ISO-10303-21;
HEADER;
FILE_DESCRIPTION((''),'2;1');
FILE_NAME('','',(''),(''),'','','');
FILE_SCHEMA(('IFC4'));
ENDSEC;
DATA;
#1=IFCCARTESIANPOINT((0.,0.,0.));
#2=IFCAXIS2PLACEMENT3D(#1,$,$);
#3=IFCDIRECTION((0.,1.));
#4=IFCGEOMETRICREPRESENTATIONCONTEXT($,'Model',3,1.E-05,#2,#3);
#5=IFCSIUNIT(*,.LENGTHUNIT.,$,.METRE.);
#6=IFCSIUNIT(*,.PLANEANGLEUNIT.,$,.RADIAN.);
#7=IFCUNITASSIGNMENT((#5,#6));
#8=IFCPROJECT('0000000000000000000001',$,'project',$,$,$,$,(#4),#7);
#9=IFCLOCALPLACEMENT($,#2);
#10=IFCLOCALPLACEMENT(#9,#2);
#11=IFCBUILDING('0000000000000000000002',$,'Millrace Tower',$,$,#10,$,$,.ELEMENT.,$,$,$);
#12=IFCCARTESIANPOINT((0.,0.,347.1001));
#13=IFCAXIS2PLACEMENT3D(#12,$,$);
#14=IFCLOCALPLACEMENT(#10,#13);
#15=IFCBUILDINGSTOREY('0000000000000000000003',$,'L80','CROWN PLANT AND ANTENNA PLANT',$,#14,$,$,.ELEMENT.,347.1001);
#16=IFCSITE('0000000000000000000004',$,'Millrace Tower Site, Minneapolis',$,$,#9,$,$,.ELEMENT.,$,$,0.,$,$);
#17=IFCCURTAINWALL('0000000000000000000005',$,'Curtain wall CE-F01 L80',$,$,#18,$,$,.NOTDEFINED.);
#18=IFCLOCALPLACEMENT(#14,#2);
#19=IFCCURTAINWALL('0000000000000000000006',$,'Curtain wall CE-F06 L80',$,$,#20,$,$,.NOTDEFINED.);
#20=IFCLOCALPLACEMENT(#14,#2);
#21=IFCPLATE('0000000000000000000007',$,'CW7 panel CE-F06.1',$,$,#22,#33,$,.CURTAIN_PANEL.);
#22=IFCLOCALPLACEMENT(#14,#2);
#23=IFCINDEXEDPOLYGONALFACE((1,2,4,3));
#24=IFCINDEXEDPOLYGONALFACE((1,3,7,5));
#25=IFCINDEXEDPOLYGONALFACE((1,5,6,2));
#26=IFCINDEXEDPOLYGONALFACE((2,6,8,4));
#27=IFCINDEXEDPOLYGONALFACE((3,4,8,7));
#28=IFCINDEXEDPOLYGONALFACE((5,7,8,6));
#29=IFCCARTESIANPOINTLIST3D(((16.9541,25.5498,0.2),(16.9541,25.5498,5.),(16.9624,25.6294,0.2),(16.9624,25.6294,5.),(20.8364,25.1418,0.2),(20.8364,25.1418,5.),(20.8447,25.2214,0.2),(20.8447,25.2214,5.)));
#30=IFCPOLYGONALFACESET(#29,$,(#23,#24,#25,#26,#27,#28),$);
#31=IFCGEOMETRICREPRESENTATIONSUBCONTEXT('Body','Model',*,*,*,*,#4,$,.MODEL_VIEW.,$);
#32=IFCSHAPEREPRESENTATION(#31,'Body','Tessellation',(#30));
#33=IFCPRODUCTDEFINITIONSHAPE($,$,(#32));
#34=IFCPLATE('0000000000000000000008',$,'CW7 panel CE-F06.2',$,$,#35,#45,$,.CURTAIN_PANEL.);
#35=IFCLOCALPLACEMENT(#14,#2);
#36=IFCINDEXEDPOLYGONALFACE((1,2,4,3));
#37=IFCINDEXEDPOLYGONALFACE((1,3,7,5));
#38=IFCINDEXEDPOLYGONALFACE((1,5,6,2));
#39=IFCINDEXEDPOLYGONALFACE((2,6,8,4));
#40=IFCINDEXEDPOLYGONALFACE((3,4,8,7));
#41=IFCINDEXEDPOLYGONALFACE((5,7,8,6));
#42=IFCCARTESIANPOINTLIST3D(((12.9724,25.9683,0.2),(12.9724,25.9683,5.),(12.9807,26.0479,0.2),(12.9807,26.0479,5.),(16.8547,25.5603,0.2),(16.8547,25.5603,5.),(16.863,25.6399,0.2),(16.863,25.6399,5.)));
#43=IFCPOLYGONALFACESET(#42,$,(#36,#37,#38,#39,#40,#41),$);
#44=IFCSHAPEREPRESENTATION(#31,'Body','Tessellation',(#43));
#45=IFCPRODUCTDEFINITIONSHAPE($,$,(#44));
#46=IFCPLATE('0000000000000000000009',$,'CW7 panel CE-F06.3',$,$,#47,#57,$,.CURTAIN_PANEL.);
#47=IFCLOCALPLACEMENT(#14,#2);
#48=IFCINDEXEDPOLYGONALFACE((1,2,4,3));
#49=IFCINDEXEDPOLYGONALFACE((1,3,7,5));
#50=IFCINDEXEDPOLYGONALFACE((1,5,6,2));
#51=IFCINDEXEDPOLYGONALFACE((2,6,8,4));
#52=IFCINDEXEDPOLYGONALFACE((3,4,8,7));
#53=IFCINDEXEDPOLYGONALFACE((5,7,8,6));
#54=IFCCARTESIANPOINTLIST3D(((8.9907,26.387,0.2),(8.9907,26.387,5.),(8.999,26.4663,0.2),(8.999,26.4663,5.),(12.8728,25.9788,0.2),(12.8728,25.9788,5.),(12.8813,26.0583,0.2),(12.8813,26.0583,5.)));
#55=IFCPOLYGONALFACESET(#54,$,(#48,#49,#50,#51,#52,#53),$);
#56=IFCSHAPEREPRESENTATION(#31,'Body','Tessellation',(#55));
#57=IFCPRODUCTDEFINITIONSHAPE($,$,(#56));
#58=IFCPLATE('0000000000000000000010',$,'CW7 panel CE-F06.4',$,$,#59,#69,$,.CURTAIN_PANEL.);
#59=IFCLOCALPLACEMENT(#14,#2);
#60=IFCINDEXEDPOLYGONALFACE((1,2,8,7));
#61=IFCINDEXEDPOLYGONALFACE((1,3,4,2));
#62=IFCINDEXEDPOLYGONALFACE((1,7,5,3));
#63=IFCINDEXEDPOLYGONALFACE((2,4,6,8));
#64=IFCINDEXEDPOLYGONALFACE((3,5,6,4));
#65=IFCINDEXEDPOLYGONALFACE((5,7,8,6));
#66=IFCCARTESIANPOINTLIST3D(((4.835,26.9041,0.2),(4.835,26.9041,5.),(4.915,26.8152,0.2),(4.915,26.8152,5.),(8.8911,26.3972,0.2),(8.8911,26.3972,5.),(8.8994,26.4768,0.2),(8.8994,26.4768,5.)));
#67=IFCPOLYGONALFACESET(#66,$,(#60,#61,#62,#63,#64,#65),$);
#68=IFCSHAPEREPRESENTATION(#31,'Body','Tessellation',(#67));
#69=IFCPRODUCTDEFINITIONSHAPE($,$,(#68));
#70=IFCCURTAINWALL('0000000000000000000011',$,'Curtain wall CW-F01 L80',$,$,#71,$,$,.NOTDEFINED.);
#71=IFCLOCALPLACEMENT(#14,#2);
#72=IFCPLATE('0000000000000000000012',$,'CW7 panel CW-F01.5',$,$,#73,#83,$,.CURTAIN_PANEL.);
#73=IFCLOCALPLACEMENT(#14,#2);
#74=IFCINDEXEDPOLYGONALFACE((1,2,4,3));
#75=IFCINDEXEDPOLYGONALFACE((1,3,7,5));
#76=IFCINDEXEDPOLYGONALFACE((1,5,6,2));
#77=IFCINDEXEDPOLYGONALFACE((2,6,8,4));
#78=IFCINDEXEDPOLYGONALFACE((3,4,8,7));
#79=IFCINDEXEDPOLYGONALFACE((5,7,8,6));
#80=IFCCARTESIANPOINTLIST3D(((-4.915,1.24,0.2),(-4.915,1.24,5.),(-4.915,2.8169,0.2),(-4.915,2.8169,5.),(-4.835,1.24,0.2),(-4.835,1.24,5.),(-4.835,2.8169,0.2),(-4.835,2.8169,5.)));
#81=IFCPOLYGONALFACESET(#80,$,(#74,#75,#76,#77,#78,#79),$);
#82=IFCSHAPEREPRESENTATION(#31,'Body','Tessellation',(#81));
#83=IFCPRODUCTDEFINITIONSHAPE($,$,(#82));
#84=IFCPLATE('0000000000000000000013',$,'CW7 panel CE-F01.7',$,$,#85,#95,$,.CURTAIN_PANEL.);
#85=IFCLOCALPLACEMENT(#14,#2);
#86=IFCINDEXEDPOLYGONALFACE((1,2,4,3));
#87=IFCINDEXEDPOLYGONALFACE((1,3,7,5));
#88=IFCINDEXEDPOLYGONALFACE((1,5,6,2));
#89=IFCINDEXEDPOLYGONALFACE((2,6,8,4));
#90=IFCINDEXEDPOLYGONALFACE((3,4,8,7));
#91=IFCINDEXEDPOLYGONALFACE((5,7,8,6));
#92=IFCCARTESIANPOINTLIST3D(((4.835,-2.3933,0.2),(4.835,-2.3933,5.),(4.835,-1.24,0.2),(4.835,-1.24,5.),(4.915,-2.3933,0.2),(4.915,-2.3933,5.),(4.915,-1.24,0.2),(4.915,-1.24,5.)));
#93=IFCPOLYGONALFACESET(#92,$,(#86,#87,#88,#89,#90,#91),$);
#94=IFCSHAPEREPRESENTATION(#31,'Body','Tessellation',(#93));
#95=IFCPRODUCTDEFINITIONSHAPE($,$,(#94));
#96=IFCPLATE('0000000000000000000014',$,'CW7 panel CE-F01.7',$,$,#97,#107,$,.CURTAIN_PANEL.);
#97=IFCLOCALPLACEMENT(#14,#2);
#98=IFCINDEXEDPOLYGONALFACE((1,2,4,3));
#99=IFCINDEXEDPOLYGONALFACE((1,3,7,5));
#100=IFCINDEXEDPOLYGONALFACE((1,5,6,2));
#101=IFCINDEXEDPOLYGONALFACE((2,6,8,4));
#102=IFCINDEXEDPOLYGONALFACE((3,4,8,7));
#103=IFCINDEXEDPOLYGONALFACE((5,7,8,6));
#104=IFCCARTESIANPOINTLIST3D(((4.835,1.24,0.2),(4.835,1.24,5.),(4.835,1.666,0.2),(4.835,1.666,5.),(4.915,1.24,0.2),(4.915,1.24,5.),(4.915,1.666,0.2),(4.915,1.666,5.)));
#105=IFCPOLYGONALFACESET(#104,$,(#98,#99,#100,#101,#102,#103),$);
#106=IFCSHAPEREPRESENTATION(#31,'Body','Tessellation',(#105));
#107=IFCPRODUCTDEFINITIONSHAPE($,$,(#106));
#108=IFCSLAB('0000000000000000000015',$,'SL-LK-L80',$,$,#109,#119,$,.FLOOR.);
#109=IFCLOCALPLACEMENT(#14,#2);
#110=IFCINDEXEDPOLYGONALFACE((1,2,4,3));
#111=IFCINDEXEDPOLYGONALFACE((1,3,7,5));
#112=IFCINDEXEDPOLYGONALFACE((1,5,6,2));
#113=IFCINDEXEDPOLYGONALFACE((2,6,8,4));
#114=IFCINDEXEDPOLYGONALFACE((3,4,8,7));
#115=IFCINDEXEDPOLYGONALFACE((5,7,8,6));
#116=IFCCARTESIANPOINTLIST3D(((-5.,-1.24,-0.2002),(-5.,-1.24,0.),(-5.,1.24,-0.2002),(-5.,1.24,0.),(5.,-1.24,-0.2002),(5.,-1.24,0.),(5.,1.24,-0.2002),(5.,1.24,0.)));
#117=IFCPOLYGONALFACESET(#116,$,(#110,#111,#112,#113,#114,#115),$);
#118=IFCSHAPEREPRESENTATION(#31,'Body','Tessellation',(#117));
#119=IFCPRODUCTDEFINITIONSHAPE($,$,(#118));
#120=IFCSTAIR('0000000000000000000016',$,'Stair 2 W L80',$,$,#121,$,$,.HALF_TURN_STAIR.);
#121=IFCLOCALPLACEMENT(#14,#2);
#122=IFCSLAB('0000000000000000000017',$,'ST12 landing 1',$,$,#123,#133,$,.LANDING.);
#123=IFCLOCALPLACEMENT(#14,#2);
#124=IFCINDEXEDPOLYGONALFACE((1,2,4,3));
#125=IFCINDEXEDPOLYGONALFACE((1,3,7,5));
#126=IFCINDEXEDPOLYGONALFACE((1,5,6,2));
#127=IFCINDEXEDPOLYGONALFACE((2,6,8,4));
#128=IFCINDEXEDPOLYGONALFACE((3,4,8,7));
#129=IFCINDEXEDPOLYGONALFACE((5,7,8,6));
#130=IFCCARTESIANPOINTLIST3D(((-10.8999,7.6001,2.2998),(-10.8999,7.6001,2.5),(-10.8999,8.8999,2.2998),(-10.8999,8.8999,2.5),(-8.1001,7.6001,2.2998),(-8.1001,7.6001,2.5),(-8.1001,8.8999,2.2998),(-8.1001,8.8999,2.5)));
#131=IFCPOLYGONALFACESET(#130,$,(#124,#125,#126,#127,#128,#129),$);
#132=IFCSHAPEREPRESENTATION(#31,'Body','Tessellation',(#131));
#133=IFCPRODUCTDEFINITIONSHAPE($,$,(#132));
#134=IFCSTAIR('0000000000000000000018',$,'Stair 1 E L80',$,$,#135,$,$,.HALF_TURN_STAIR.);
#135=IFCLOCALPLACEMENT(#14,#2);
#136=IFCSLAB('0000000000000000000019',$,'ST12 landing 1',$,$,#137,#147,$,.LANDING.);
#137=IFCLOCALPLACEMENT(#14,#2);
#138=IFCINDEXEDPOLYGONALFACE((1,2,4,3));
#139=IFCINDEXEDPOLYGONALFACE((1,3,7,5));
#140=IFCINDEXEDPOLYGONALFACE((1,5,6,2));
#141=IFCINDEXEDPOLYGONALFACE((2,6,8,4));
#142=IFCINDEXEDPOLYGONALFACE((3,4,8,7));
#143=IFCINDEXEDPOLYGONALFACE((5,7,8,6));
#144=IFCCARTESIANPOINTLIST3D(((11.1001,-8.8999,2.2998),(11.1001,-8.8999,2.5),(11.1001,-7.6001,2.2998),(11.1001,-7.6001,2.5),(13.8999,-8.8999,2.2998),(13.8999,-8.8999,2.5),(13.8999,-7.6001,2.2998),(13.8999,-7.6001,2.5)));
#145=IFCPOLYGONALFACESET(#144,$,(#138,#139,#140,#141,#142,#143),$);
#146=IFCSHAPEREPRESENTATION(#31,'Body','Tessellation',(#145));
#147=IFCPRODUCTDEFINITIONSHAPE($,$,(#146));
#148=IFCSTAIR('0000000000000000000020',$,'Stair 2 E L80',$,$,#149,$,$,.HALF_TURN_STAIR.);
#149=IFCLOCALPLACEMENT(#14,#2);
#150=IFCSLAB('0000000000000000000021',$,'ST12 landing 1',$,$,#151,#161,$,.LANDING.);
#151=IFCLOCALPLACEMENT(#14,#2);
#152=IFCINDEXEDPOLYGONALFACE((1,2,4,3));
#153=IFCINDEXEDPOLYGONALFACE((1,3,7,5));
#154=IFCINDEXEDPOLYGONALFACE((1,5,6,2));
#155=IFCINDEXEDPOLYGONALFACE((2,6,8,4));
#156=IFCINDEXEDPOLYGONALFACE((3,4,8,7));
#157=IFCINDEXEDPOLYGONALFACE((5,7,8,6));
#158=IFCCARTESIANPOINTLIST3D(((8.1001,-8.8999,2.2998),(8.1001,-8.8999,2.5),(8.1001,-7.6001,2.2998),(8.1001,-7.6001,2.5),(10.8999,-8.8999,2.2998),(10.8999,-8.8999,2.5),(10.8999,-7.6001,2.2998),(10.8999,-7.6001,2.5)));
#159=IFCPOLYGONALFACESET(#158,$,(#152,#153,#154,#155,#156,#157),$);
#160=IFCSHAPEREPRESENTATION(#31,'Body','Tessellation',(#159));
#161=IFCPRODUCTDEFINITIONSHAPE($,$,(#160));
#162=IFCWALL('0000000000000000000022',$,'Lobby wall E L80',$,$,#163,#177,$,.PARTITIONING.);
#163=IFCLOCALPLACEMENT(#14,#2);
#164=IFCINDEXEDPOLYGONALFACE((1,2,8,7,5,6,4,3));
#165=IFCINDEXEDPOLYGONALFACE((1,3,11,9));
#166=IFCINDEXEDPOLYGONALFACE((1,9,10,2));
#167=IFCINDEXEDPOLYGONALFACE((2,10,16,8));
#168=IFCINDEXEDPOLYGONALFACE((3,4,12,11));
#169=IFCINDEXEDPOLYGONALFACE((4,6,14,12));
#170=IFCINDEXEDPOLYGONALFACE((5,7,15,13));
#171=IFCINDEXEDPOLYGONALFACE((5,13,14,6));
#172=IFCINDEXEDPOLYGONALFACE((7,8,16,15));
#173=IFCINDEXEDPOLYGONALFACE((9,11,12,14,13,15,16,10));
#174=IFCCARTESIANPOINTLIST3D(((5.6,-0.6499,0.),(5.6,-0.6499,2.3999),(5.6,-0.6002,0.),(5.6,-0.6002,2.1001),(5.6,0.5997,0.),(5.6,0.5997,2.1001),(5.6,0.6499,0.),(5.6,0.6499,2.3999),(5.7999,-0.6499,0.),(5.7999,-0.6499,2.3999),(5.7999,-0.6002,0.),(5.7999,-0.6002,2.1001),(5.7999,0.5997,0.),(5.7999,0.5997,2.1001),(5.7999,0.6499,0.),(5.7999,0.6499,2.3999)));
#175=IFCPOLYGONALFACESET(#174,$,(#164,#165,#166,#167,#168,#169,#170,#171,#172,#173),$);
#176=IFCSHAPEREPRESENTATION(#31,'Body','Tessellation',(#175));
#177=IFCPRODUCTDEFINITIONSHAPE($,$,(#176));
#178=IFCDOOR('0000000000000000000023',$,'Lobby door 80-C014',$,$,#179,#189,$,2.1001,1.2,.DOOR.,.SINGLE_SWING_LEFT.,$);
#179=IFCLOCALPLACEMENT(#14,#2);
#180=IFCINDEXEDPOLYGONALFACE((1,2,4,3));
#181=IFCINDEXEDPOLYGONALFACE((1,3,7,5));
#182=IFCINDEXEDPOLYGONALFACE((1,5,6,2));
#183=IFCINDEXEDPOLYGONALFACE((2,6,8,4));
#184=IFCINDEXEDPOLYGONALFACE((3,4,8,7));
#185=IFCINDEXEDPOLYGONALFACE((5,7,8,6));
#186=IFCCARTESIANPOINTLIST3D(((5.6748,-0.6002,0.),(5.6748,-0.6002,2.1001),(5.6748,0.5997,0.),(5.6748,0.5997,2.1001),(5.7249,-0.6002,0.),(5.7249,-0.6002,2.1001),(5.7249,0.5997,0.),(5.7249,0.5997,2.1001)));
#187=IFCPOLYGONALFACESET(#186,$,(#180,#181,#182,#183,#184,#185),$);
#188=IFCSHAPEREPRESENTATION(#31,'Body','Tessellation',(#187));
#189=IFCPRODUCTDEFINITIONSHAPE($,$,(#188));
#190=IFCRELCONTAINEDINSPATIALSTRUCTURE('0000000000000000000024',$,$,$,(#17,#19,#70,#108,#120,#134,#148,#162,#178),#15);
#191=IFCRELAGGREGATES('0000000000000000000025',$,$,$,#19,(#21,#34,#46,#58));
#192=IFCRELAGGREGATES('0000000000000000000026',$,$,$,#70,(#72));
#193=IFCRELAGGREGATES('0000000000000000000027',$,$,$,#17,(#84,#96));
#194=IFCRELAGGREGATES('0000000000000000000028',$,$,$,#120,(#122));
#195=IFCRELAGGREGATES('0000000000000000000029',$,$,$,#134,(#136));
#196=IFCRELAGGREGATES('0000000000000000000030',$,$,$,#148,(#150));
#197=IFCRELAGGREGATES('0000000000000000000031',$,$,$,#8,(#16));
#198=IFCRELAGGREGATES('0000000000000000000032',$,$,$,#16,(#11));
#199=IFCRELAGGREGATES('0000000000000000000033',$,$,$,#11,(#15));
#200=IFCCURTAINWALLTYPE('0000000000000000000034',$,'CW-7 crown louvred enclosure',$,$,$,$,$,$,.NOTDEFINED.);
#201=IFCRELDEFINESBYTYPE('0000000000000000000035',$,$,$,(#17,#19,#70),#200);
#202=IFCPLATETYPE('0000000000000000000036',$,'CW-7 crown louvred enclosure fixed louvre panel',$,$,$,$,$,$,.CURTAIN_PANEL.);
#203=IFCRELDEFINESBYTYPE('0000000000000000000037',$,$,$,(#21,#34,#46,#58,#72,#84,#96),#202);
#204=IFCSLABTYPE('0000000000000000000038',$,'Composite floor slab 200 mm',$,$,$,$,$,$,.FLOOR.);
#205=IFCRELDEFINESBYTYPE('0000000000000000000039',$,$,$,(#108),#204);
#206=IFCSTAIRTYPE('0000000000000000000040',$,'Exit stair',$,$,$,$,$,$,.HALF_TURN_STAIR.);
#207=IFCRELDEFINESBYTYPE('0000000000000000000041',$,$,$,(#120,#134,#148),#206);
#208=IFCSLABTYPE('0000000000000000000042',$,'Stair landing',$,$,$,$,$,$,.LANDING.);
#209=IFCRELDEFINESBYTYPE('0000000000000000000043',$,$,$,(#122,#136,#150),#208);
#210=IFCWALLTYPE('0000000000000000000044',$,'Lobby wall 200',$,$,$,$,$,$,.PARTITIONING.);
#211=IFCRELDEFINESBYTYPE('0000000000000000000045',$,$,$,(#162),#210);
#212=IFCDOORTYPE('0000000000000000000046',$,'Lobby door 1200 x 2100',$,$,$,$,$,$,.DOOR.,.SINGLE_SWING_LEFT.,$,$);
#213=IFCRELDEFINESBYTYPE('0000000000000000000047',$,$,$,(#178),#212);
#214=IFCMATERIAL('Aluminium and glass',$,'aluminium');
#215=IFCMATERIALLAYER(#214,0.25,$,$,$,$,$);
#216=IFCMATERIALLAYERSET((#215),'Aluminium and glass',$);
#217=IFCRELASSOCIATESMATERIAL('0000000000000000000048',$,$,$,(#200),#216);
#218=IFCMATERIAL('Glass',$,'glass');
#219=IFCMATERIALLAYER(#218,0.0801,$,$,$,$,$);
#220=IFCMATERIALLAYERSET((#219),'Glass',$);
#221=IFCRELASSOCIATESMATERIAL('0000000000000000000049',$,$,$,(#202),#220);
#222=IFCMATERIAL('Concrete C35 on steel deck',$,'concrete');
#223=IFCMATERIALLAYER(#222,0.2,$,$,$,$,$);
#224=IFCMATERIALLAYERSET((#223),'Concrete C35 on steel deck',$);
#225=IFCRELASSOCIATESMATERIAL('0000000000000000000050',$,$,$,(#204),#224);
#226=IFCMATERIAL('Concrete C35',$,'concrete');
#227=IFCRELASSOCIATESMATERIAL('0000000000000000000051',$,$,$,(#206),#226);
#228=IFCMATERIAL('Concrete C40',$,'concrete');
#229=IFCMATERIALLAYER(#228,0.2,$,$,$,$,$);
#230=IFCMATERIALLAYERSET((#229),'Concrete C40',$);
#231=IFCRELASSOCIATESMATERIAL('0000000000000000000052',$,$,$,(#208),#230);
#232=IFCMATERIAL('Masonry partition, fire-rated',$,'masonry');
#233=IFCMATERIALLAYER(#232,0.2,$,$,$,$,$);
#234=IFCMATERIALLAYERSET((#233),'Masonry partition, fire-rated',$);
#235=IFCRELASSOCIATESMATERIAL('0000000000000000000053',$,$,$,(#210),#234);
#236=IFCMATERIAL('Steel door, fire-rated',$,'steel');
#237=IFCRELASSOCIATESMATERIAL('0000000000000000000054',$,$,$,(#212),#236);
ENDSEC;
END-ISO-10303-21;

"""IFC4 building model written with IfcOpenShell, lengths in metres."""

from ifc_helpers import new_model, si_unit, direction, frame, frame_2d, origin, place, context, subcontext, project, spatial, polyline, rectangle, outline, extrude, material, layer, layer_set, type_object, element, fill, aggregate, save


model = new_model("IFC4")

# Units and contexts
model_context = context("Model", 3, precision=1e-05, world=origin(), true_north=direction((0.0, 1.0)))
body_context = subcontext(model_context, "Body", "Model", "MODEL_VIEW")
ifc_project = project(units=[si_unit("LENGTHUNIT", "METRE"), si_unit("PLANEANGLEUNIT", "RADIAN")], contexts=[model_context])

# Site, building, storey
site_placement = place(None, origin())
site = spatial("IfcSite", under=ifc_project, at=site_placement, Name="Millrace Tower Site, Minneapolis", CompositionType="ELEMENT", RefElevation=0.0)
building_placement = place(site_placement, origin())
building = spatial("IfcBuilding", under=site, at=building_placement, Name="Millrace Tower", CompositionType="ELEMENT")
storey_placement = place(building_placement, frame((0.0, 0.0, 347.1001)))
storey = spatial("IfcBuildingStorey", under=building, at=storey_placement, Name="L80", Description="CROWN PLANT AND ANTENNA PLANT", CompositionType="ELEMENT", Elevation=347.1001)

# Curtain wall
ifc_material_1 = material(Name="Aluminium and glass", Category="aluminium")
ifc_layer_1 = layer(ifc_material_1, 0.25)
ifc_layer_set_1 = layer_set([ifc_layer_1], Name="Aluminium and glass")
curtain_wall_type = type_object("IfcCurtainWallType", Name="CW-7 crown louvred enclosure", PredefinedType="NOTDEFINED", material=ifc_layer_set_1)
placement_1 = place(storey_placement, origin())
curtain_wall_1 = element("IfcCurtainWall", 1, at=placement_1, inside=storey, type_object=curtain_wall_type, Name="Curtain wall CE-F01 L80", PredefinedType="NOTDEFINED")

# Curtain wall, plates
curtain_wall_2 = element("IfcCurtainWall", 2, at=placement_1, inside=storey, type_object=curtain_wall_type, Name="Curtain wall CE-F06 L80", PredefinedType="NOTDEFINED")
ifc_material_2 = material(Name="Glass", Category="glass")
ifc_layer_2 = layer(ifc_material_2, 0.0801)
ifc_layer_set_2 = layer_set([ifc_layer_2], Name="Glass")
plate_type = type_object("IfcPlateType", Name="CW-7 crown louvred enclosure fixed louvre panel", PredefinedType="CURTAIN_PANEL", material=ifc_layer_set_2)
placement_2 = place(storey_placement, frame((0.0, 0.0, 0.2)))
plate_1 = element("IfcPlate", 3, at=placement_2, type_object=plate_type, Name="CW7 panel CE-F06.1", PredefinedType="CURTAIN_PANEL", context=body_context, shape_type="SweptSolid", body=[
    extrude(outline(polyline([(20.8447, 25.2214), (16.9624, 25.6294), (16.9541, 25.5498), (20.8364, 25.1418), (20.8447, 25.2214)])), origin(), (0.0, 0.0, 1.0), 4.8),
])
plate_2 = element("IfcPlate", 4, at=placement_2, type_object=plate_type, Name="CW7 panel CE-F06.2", PredefinedType="CURTAIN_PANEL", context=body_context, shape_type="SweptSolid", body=[
    extrude(outline(polyline([(16.863, 25.6399), (12.9807, 26.0479), (12.9724, 25.9683), (16.8547, 25.5603), (16.863, 25.6399)])), origin(), (0.0, 0.0, 1.0), 4.8),
])
plate_3 = element("IfcPlate", 5, at=placement_2, type_object=plate_type, Name="CW7 panel CE-F06.3", PredefinedType="CURTAIN_PANEL", context=body_context, shape_type="SweptSolid", body=[
    extrude(outline(polyline([(12.8813, 26.0583), (8.999, 26.4663), (8.9907, 26.387), (12.8728, 25.9788), (12.8813, 26.0583)])), origin(), (0.0, 0.0, 1.0), 4.8),
])
plate_4 = element("IfcPlate", 6, at=placement_2, type_object=plate_type, Name="CW7 panel CE-F06.4", PredefinedType="CURTAIN_PANEL", context=body_context, shape_type="SweptSolid", body=[
    extrude(outline(polyline([(8.8994, 26.4768), (4.835, 26.9041), (4.915, 26.8152), (8.8911, 26.3972), (8.8994, 26.4768)])), origin(), (0.0, 0.0, 1.0), 4.8),
])
aggregate(curtain_wall_2, [plate_1, plate_2, plate_3, plate_4])

# Curtain wall, plate
curtain_wall_3 = element("IfcCurtainWall", 7, at=placement_1, inside=storey, type_object=curtain_wall_type, Name="Curtain wall CW-F01 L80", PredefinedType="NOTDEFINED")
plate_5 = element("IfcPlate", 8, at=placement_2, type_object=plate_type, Name="CW7 panel CW-F01.5", PredefinedType="CURTAIN_PANEL", context=body_context, shape_type="SweptSolid", body=[
    extrude(outline(polyline([(-4.835, 1.24), (-4.835, 2.8169), (-4.915, 2.8169), (-4.915, 1.24), (-4.835, 1.24)])), origin(), (0.0, 0.0, 1.0), 4.8),
])
aggregate(curtain_wall_3, [plate_5])

# Plates
plate_6 = element("IfcPlate", 9, at=placement_2, type_object=plate_type, Name="CW7 panel CE-F01.7", PredefinedType="CURTAIN_PANEL", context=body_context, shape_type="SweptSolid", body=[
    extrude(outline(polyline([(4.835, -1.24), (4.835, -2.3933), (4.915, -2.3933), (4.915, -1.24), (4.835, -1.24)])), origin(), (0.0, 0.0, 1.0), 4.8),
])
plate_7 = element("IfcPlate", 10, at=placement_2, type_object=plate_type, Name="CW7 panel CE-F01.7", PredefinedType="CURTAIN_PANEL", context=body_context, shape_type="SweptSolid", body=[
    extrude(outline(polyline([(4.835, 1.666), (4.835, 1.24), (4.915, 1.24), (4.915, 1.666), (4.835, 1.666)])), origin(), (0.0, 0.0, 1.0), 4.8),
])
aggregate(curtain_wall_1, [plate_6, plate_7])

# Slab
ifc_material_3 = material(Name="Concrete C35 on steel deck", Category="concrete")
ifc_layer_3 = layer(ifc_material_3, 0.2)
ifc_layer_set_3 = layer_set([ifc_layer_3], Name="Concrete C35 on steel deck")
slab_type_1 = type_object("IfcSlabType", Name="Composite floor slab 200 mm", PredefinedType="FLOOR", material=ifc_layer_set_3)
slab_1_placement = place(storey_placement, frame((0.0, 0.0, -0.2002)))
element("IfcSlab", 11, at=slab_1_placement, inside=storey, type_object=slab_type_1, Name="SL-LK-L80", PredefinedType="FLOOR", context=body_context, shape_type="SweptSolid", body=[
    extrude(outline(polyline([(-5.0, -1.24), (5.0, -1.24), (5.0, 1.24), (-5.0, 1.24), (-5.0, -1.24)])), origin(), (0.0, 0.0, 1.0), 0.2002),
])

# Stairs, slabs
ifc_material_4 = material(Name="Concrete C35", Category="concrete")
stair_type = type_object("IfcStairType", Name="Exit stair", PredefinedType="HALF_TURN_STAIR", material=ifc_material_4)
stair_1 = element("IfcStair", 12, at=placement_1, inside=storey, type_object=stair_type, Name="Stair 2 W L80", PredefinedType="HALF_TURN_STAIR")
ifc_material_5 = material(Name="Concrete C40", Category="concrete")
ifc_layer_4 = layer(ifc_material_5, 0.2)
ifc_layer_set_4 = layer_set([ifc_layer_4], Name="Concrete C40")
slab_type_2 = type_object("IfcSlabType", Name="Stair landing", PredefinedType="LANDING", material=ifc_layer_set_4)
placement_3 = place(storey_placement, frame((0.0, 0.0, 2.2998)))
slab_2 = element("IfcSlab", 13, at=placement_3, type_object=slab_type_2, Name="ST12 landing 1", PredefinedType="LANDING", context=body_context, shape_type="SweptSolid", body=[
    extrude(outline(polyline([(-10.8999, 7.6001), (-8.1001, 7.6001), (-8.1001, 8.8999), (-10.8999, 8.8999), (-10.8999, 7.6001)])), origin(), (0.0, 0.0, 1.0), 0.2002),
])
aggregate(stair_1, [slab_2])
stair_2 = element("IfcStair", 14, at=placement_1, inside=storey, type_object=stair_type, Name="Stair 1 E L80", PredefinedType="HALF_TURN_STAIR")
slab_3 = element("IfcSlab", 15, at=placement_3, type_object=slab_type_2, Name="ST12 landing 1", PredefinedType="LANDING", context=body_context, shape_type="SweptSolid", body=[
    extrude(outline(polyline([(11.1001, -8.8999), (13.8999, -8.8999), (13.8999, -7.6001), (11.1001, -7.6001), (11.1001, -8.8999)])), origin(), (0.0, 0.0, 1.0), 0.2002),
])
aggregate(stair_2, [slab_3])
stair_3 = element("IfcStair", 16, at=placement_1, inside=storey, type_object=stair_type, Name="Stair 2 E L80", PredefinedType="HALF_TURN_STAIR")
slab_4 = element("IfcSlab", 17, at=placement_3, type_object=slab_type_2, Name="ST12 landing 1", PredefinedType="LANDING", context=body_context, shape_type="SweptSolid", body=[
    extrude(outline(polyline([(8.1001, -8.8999), (10.8999, -8.8999), (10.8999, -7.6001), (8.1001, -7.6001), (8.1001, -8.8999)])), origin(), (0.0, 0.0, 1.0), 0.2002),
])
aggregate(stair_3, [slab_4])

# Wall, opening, door
ifc_material_6 = material(Name="Masonry partition, fire-rated", Category="masonry")
ifc_layer_5 = layer(ifc_material_6, 0.2)
ifc_layer_set_5 = layer_set([ifc_layer_5], Name="Masonry partition, fire-rated")
wall_type = type_object("IfcWallType", Name="Lobby wall 200", PredefinedType="PARTITIONING", material=ifc_layer_set_5)
wall_placement = place(storey_placement, frame((5.7, 0.6499, 0.0), z_axis=(0.0, 0.0, 1.0), x_axis=(0.0, -1.0, 0.0)))
wall = element("IfcWall", 18, at=wall_placement, inside=storey, type_object=wall_type, Name="Lobby wall E L80", PredefinedType="PARTITIONING", context=body_context, shape_type="SweptSolid", body=[
    extrude(rectangle(XDim=1.2998, YDim=0.2, at=frame_2d((0.6499, 0.0))), origin(), (0.0, 0.0, 1.0), 2.3999),
])
opening_placement = place(wall_placement, frame((0.05, 0.0, 0.0)))
opening = element("IfcOpeningElement", 19, at=opening_placement, cuts=wall, PredefinedType="OPENING", context=body_context, shape_type="SweptSolid", body=[
    extrude(rectangle(XDim=1.2, YDim=2.1001, at=frame_2d((0.6001, 1.05))), frame((0.0, 0.1099, 0.0), z_axis=(0.0, -1.0, 0.0), x_axis=(1.0, 0.0, 0.0)), (0.0, 0.0, 1.0), 0.22),
])
ifc_material_7 = material(Name="Steel door, fire-rated", Category="steel")
door_type = type_object("IfcDoorType", Name="Lobby door 1200 x 2100", OperationType="SINGLE_SWING_LEFT", PredefinedType="DOOR", material=ifc_material_7)
door_placement = place(opening_placement, origin())
door = element("IfcDoor", 20, at=door_placement, inside=storey, type_object=door_type, Name="Lobby door 80-C014", OperationType="SINGLE_SWING_LEFT", OverallHeight=2.1001, OverallWidth=1.2, PredefinedType="DOOR", context=body_context, shape_type="SweptSolid", body=[
    extrude(rectangle(XDim=1.2, YDim=2.1001, at=frame_2d((0.6001, 1.05))), frame((0.0, 0.0249, 0.0), z_axis=(0.0, -1.0, 0.0), x_axis=(1.0, 0.0, 0.0)), (0.0, 0.0, 1.0), 0.05),
])
fill(opening, door)

save(model, "model.ifc")
